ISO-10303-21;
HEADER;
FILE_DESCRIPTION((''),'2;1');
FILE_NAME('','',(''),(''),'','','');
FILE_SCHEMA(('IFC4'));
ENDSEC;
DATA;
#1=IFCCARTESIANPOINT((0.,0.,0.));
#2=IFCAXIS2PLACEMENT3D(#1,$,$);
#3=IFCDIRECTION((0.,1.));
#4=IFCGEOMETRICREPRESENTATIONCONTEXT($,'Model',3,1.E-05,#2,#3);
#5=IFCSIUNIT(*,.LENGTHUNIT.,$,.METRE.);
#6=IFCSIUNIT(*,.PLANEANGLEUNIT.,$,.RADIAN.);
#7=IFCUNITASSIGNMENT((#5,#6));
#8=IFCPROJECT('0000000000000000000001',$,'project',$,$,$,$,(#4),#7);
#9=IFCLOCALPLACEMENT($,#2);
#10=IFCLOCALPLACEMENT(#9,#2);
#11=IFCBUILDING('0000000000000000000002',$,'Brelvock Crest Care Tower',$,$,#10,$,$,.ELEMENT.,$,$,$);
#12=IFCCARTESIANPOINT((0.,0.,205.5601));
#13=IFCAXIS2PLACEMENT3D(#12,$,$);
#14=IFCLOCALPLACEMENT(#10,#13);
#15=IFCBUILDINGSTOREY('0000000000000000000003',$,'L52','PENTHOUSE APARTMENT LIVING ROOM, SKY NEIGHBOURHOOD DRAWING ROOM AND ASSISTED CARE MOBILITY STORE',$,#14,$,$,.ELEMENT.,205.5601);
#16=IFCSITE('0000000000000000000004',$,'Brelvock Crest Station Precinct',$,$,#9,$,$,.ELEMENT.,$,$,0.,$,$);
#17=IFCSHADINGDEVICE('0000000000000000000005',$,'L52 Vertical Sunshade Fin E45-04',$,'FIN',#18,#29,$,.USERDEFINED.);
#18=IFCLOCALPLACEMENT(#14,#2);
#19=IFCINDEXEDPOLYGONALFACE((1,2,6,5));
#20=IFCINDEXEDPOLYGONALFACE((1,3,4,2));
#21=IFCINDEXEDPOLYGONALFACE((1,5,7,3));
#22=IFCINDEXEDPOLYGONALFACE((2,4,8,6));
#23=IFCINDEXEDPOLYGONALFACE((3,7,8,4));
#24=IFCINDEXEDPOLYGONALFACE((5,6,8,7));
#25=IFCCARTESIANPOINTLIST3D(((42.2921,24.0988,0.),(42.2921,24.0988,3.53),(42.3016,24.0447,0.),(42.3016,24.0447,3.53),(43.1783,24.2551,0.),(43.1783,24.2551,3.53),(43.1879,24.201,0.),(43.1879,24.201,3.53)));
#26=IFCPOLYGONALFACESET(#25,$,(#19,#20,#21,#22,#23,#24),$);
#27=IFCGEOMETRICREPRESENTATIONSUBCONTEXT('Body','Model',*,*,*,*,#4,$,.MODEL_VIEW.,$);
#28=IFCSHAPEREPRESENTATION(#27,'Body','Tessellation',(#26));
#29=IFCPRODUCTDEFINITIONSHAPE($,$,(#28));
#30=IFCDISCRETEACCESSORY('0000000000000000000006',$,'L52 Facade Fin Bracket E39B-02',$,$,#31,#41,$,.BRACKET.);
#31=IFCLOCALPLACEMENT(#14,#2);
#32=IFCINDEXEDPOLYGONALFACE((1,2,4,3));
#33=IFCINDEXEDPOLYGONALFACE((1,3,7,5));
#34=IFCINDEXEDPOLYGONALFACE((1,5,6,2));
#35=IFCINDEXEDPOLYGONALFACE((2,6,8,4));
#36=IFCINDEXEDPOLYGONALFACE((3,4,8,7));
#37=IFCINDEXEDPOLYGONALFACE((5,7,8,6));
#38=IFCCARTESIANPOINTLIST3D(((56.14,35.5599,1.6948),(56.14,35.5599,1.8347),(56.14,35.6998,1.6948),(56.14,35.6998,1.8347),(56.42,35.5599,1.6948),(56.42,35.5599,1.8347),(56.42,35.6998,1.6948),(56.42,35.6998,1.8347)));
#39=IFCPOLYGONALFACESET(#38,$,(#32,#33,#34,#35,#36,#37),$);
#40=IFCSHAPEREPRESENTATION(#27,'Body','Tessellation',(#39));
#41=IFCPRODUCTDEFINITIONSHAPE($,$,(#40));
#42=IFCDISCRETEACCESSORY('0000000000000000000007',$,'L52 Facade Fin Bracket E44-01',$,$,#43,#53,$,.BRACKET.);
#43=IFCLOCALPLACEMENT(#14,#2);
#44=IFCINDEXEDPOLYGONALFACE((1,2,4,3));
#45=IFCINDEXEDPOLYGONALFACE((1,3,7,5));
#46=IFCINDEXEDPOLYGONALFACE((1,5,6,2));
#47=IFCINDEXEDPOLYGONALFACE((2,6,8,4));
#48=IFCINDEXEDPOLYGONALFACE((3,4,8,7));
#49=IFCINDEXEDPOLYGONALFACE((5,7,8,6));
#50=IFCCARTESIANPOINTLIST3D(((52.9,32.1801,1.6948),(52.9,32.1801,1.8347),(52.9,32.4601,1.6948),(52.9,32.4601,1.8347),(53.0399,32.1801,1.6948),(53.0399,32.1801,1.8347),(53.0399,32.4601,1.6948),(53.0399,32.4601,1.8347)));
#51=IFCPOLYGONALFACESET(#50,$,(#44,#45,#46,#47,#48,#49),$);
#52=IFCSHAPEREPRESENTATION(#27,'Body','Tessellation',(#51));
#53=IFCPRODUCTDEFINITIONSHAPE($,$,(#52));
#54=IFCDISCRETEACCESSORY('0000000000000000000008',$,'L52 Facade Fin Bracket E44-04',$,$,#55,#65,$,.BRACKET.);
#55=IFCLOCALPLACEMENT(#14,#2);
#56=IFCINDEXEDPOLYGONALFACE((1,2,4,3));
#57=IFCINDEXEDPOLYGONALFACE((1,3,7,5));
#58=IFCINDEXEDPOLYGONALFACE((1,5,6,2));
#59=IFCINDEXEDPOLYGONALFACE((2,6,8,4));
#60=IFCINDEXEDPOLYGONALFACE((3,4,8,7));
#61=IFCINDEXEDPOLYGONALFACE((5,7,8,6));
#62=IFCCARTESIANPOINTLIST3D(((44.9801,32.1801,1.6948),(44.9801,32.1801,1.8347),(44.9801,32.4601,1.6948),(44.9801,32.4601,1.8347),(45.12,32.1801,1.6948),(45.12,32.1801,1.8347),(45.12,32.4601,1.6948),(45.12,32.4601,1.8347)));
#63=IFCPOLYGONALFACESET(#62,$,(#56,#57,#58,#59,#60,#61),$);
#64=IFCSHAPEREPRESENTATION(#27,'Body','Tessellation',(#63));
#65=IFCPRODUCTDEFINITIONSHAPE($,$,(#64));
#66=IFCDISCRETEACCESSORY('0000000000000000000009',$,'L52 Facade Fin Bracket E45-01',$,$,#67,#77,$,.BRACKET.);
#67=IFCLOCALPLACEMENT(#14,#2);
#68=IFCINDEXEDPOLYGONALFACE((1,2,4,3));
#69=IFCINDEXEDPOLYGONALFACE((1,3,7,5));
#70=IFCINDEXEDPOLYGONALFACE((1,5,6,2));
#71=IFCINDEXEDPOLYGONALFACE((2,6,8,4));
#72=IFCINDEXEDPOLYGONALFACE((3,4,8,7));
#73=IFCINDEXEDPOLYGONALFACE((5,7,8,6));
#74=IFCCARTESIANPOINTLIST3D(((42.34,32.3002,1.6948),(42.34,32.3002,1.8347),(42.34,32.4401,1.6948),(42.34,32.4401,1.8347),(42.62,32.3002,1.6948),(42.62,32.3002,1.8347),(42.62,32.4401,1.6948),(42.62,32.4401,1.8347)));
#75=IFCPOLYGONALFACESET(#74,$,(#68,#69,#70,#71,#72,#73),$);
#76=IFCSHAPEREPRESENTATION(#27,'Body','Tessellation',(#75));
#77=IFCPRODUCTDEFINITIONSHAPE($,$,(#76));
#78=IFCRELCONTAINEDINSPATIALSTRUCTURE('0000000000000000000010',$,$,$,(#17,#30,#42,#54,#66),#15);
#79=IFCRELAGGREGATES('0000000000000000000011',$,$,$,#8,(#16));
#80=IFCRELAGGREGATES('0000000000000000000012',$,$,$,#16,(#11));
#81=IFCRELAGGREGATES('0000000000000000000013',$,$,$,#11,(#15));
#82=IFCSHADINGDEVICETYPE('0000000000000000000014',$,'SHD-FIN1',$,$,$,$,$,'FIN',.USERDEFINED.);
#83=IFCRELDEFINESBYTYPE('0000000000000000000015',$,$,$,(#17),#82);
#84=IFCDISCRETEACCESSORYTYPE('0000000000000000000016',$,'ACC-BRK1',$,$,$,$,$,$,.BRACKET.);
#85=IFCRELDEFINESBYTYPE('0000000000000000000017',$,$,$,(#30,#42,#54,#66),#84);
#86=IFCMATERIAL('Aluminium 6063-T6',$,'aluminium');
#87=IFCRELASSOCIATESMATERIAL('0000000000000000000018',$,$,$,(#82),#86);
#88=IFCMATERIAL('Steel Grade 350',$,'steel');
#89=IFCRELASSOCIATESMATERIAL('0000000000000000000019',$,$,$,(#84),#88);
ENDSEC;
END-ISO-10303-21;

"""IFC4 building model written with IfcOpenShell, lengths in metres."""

from ifc_helpers import new_model, si_unit, direction, frame, origin, origin_2d, place, context, subcontext, project, spatial, rectangle, extrude, source, transform, mapped, material, material_profile, profile_set, type_object, element, save


model = new_model("IFC4")

# Units and contexts
model_context = context("Model", 3, precision=1e-05, world=origin(), true_north=direction((0.0, 1.0)))
body_context = subcontext(model_context, "Body", "Model", "MODEL_VIEW")
ifc_project = project(units=[si_unit("LENGTHUNIT", "METRE"), si_unit("PLANEANGLEUNIT", "RADIAN")], contexts=[model_context])

# Site, building, storey
site_placement = place(None, origin())
site = spatial("IfcSite", under=ifc_project, at=site_placement, Name="Brelvock Crest Station Precinct", CompositionType="ELEMENT", RefElevation=0.0)
building_placement = place(site_placement, origin())
building = spatial("IfcBuilding", under=site, at=building_placement, Name="Brelvock Crest Care Tower", CompositionType="ELEMENT")
storey_placement = place(building_placement, frame((0.0, 0.0, 205.5601)))
storey = spatial("IfcBuildingStorey", under=building, at=storey_placement, Name="L52", Description="PENTHOUSE APARTMENT LIVING ROOM, SKY NEIGHBOURHOOD DRAWING ROOM AND ASSISTED CARE MOBILITY STORE", CompositionType="ELEMENT", Elevation=205.5601)

# Shared definitions
ifc_material_1 = material(Name="Steel Grade 350", Category="steel")

# Shared definitions
ifc_material_2 = material(Name="Aluminium 6063-T6", Category="aluminium")

# Shading device
ifc_material_profile_1 = material_profile(ifc_material_2, rectangle(XDim=0.0549, YDim=0.8999, at=origin_2d()), Name="FIN55x900")
ifc_profile_set_1 = profile_set([ifc_material_profile_1], Name="Aluminium 6063-T6")
shading_device_type = type_object("IfcShadingDeviceType", Name="SHD-FIN1", ElementType="FIN", PredefinedType="USERDEFINED", material=ifc_profile_set_1)
shared_shape_1 = source(origin(), body_context, "Body", "SweptSolid", [
    extrude(rectangle(XDim=0.0549, YDim=0.8999, at=origin_2d()), origin(), (0.0, 0.0, 1.0), 3.53),
])
for number, where, z_axis, x_axis, name in (
    (1, (42.74, 24.1499, 0.0), (0.0, 0.0, 1.0), (0.173648, -0.984808, 0.0), "L52 Vertical Sunshade Fin E45-04"),
):
    element("IfcShadingDevice", number, at=place(storey_placement, frame(where, z_axis=z_axis, x_axis=x_axis)), inside=storey, type_object=shading_device_type, Name=name, ObjectType="FIN", PredefinedType="USERDEFINED", context=body_context, shape_type="MappedRepresentation", body=[
        mapped(shared_shape_1, transform((0.0, 0.0, 0.0), x_axis=(1.0, 0.0, 0.0), y_axis=(0.0, 1.0, 0.0), z_axis=(0.0, 0.0, 1.0), scale=1.0)),
    ])

# Discrete accessories
discrete_accessory_type = type_object("IfcDiscreteAccessoryType", Name="ACC-BRK1", PredefinedType="BRACKET", material=ifc_material_1)
shared_shape_2 = source(origin(), body_context, "Body", "SweptSolid", [
    extrude(rectangle(XDim=0.28, YDim=0.1399, at=origin_2d()), origin(), (0.0, 0.0, 1.0), 0.1399),
])
for number, where, z_axis, x_axis, name in (
    (2, (56.28, 35.6299, 1.6948), (0.0, 0.0, 1.0), (1.0, 0.0, 0.0), "L52 Facade Fin Bracket E39B-02"),
    (3, (52.97, 32.3201, 1.6948), (0.0, 0.0, 1.0), (0.0, -1.0, 0.0), "L52 Facade Fin Bracket E44-01"),
    (4, (45.05, 32.3201, 1.6948), (0.0, 0.0, 1.0), (0.0, -1.0, 0.0), "L52 Facade Fin Bracket E44-04"),
    (5, (42.48, 32.3701, 1.6948), (0.0, 0.0, 1.0), (1.0, 0.0, 0.0), "L52 Facade Fin Bracket E45-01"),
):
    element("IfcDiscreteAccessory", number, at=place(storey_placement, frame(where, z_axis=z_axis, x_axis=x_axis)), inside=storey, type_object=discrete_accessory_type, Name=name, PredefinedType="BRACKET", context=body_context, shape_type="MappedRepresentation", body=[
        mapped(shared_shape_2, transform((0.0, 0.0, 0.0), x_axis=(1.0, 0.0, 0.0), y_axis=(0.0, 1.0, 0.0), z_axis=(0.0, 0.0, 1.0), scale=1.0)),
    ])

save(model, "model.ifc")
